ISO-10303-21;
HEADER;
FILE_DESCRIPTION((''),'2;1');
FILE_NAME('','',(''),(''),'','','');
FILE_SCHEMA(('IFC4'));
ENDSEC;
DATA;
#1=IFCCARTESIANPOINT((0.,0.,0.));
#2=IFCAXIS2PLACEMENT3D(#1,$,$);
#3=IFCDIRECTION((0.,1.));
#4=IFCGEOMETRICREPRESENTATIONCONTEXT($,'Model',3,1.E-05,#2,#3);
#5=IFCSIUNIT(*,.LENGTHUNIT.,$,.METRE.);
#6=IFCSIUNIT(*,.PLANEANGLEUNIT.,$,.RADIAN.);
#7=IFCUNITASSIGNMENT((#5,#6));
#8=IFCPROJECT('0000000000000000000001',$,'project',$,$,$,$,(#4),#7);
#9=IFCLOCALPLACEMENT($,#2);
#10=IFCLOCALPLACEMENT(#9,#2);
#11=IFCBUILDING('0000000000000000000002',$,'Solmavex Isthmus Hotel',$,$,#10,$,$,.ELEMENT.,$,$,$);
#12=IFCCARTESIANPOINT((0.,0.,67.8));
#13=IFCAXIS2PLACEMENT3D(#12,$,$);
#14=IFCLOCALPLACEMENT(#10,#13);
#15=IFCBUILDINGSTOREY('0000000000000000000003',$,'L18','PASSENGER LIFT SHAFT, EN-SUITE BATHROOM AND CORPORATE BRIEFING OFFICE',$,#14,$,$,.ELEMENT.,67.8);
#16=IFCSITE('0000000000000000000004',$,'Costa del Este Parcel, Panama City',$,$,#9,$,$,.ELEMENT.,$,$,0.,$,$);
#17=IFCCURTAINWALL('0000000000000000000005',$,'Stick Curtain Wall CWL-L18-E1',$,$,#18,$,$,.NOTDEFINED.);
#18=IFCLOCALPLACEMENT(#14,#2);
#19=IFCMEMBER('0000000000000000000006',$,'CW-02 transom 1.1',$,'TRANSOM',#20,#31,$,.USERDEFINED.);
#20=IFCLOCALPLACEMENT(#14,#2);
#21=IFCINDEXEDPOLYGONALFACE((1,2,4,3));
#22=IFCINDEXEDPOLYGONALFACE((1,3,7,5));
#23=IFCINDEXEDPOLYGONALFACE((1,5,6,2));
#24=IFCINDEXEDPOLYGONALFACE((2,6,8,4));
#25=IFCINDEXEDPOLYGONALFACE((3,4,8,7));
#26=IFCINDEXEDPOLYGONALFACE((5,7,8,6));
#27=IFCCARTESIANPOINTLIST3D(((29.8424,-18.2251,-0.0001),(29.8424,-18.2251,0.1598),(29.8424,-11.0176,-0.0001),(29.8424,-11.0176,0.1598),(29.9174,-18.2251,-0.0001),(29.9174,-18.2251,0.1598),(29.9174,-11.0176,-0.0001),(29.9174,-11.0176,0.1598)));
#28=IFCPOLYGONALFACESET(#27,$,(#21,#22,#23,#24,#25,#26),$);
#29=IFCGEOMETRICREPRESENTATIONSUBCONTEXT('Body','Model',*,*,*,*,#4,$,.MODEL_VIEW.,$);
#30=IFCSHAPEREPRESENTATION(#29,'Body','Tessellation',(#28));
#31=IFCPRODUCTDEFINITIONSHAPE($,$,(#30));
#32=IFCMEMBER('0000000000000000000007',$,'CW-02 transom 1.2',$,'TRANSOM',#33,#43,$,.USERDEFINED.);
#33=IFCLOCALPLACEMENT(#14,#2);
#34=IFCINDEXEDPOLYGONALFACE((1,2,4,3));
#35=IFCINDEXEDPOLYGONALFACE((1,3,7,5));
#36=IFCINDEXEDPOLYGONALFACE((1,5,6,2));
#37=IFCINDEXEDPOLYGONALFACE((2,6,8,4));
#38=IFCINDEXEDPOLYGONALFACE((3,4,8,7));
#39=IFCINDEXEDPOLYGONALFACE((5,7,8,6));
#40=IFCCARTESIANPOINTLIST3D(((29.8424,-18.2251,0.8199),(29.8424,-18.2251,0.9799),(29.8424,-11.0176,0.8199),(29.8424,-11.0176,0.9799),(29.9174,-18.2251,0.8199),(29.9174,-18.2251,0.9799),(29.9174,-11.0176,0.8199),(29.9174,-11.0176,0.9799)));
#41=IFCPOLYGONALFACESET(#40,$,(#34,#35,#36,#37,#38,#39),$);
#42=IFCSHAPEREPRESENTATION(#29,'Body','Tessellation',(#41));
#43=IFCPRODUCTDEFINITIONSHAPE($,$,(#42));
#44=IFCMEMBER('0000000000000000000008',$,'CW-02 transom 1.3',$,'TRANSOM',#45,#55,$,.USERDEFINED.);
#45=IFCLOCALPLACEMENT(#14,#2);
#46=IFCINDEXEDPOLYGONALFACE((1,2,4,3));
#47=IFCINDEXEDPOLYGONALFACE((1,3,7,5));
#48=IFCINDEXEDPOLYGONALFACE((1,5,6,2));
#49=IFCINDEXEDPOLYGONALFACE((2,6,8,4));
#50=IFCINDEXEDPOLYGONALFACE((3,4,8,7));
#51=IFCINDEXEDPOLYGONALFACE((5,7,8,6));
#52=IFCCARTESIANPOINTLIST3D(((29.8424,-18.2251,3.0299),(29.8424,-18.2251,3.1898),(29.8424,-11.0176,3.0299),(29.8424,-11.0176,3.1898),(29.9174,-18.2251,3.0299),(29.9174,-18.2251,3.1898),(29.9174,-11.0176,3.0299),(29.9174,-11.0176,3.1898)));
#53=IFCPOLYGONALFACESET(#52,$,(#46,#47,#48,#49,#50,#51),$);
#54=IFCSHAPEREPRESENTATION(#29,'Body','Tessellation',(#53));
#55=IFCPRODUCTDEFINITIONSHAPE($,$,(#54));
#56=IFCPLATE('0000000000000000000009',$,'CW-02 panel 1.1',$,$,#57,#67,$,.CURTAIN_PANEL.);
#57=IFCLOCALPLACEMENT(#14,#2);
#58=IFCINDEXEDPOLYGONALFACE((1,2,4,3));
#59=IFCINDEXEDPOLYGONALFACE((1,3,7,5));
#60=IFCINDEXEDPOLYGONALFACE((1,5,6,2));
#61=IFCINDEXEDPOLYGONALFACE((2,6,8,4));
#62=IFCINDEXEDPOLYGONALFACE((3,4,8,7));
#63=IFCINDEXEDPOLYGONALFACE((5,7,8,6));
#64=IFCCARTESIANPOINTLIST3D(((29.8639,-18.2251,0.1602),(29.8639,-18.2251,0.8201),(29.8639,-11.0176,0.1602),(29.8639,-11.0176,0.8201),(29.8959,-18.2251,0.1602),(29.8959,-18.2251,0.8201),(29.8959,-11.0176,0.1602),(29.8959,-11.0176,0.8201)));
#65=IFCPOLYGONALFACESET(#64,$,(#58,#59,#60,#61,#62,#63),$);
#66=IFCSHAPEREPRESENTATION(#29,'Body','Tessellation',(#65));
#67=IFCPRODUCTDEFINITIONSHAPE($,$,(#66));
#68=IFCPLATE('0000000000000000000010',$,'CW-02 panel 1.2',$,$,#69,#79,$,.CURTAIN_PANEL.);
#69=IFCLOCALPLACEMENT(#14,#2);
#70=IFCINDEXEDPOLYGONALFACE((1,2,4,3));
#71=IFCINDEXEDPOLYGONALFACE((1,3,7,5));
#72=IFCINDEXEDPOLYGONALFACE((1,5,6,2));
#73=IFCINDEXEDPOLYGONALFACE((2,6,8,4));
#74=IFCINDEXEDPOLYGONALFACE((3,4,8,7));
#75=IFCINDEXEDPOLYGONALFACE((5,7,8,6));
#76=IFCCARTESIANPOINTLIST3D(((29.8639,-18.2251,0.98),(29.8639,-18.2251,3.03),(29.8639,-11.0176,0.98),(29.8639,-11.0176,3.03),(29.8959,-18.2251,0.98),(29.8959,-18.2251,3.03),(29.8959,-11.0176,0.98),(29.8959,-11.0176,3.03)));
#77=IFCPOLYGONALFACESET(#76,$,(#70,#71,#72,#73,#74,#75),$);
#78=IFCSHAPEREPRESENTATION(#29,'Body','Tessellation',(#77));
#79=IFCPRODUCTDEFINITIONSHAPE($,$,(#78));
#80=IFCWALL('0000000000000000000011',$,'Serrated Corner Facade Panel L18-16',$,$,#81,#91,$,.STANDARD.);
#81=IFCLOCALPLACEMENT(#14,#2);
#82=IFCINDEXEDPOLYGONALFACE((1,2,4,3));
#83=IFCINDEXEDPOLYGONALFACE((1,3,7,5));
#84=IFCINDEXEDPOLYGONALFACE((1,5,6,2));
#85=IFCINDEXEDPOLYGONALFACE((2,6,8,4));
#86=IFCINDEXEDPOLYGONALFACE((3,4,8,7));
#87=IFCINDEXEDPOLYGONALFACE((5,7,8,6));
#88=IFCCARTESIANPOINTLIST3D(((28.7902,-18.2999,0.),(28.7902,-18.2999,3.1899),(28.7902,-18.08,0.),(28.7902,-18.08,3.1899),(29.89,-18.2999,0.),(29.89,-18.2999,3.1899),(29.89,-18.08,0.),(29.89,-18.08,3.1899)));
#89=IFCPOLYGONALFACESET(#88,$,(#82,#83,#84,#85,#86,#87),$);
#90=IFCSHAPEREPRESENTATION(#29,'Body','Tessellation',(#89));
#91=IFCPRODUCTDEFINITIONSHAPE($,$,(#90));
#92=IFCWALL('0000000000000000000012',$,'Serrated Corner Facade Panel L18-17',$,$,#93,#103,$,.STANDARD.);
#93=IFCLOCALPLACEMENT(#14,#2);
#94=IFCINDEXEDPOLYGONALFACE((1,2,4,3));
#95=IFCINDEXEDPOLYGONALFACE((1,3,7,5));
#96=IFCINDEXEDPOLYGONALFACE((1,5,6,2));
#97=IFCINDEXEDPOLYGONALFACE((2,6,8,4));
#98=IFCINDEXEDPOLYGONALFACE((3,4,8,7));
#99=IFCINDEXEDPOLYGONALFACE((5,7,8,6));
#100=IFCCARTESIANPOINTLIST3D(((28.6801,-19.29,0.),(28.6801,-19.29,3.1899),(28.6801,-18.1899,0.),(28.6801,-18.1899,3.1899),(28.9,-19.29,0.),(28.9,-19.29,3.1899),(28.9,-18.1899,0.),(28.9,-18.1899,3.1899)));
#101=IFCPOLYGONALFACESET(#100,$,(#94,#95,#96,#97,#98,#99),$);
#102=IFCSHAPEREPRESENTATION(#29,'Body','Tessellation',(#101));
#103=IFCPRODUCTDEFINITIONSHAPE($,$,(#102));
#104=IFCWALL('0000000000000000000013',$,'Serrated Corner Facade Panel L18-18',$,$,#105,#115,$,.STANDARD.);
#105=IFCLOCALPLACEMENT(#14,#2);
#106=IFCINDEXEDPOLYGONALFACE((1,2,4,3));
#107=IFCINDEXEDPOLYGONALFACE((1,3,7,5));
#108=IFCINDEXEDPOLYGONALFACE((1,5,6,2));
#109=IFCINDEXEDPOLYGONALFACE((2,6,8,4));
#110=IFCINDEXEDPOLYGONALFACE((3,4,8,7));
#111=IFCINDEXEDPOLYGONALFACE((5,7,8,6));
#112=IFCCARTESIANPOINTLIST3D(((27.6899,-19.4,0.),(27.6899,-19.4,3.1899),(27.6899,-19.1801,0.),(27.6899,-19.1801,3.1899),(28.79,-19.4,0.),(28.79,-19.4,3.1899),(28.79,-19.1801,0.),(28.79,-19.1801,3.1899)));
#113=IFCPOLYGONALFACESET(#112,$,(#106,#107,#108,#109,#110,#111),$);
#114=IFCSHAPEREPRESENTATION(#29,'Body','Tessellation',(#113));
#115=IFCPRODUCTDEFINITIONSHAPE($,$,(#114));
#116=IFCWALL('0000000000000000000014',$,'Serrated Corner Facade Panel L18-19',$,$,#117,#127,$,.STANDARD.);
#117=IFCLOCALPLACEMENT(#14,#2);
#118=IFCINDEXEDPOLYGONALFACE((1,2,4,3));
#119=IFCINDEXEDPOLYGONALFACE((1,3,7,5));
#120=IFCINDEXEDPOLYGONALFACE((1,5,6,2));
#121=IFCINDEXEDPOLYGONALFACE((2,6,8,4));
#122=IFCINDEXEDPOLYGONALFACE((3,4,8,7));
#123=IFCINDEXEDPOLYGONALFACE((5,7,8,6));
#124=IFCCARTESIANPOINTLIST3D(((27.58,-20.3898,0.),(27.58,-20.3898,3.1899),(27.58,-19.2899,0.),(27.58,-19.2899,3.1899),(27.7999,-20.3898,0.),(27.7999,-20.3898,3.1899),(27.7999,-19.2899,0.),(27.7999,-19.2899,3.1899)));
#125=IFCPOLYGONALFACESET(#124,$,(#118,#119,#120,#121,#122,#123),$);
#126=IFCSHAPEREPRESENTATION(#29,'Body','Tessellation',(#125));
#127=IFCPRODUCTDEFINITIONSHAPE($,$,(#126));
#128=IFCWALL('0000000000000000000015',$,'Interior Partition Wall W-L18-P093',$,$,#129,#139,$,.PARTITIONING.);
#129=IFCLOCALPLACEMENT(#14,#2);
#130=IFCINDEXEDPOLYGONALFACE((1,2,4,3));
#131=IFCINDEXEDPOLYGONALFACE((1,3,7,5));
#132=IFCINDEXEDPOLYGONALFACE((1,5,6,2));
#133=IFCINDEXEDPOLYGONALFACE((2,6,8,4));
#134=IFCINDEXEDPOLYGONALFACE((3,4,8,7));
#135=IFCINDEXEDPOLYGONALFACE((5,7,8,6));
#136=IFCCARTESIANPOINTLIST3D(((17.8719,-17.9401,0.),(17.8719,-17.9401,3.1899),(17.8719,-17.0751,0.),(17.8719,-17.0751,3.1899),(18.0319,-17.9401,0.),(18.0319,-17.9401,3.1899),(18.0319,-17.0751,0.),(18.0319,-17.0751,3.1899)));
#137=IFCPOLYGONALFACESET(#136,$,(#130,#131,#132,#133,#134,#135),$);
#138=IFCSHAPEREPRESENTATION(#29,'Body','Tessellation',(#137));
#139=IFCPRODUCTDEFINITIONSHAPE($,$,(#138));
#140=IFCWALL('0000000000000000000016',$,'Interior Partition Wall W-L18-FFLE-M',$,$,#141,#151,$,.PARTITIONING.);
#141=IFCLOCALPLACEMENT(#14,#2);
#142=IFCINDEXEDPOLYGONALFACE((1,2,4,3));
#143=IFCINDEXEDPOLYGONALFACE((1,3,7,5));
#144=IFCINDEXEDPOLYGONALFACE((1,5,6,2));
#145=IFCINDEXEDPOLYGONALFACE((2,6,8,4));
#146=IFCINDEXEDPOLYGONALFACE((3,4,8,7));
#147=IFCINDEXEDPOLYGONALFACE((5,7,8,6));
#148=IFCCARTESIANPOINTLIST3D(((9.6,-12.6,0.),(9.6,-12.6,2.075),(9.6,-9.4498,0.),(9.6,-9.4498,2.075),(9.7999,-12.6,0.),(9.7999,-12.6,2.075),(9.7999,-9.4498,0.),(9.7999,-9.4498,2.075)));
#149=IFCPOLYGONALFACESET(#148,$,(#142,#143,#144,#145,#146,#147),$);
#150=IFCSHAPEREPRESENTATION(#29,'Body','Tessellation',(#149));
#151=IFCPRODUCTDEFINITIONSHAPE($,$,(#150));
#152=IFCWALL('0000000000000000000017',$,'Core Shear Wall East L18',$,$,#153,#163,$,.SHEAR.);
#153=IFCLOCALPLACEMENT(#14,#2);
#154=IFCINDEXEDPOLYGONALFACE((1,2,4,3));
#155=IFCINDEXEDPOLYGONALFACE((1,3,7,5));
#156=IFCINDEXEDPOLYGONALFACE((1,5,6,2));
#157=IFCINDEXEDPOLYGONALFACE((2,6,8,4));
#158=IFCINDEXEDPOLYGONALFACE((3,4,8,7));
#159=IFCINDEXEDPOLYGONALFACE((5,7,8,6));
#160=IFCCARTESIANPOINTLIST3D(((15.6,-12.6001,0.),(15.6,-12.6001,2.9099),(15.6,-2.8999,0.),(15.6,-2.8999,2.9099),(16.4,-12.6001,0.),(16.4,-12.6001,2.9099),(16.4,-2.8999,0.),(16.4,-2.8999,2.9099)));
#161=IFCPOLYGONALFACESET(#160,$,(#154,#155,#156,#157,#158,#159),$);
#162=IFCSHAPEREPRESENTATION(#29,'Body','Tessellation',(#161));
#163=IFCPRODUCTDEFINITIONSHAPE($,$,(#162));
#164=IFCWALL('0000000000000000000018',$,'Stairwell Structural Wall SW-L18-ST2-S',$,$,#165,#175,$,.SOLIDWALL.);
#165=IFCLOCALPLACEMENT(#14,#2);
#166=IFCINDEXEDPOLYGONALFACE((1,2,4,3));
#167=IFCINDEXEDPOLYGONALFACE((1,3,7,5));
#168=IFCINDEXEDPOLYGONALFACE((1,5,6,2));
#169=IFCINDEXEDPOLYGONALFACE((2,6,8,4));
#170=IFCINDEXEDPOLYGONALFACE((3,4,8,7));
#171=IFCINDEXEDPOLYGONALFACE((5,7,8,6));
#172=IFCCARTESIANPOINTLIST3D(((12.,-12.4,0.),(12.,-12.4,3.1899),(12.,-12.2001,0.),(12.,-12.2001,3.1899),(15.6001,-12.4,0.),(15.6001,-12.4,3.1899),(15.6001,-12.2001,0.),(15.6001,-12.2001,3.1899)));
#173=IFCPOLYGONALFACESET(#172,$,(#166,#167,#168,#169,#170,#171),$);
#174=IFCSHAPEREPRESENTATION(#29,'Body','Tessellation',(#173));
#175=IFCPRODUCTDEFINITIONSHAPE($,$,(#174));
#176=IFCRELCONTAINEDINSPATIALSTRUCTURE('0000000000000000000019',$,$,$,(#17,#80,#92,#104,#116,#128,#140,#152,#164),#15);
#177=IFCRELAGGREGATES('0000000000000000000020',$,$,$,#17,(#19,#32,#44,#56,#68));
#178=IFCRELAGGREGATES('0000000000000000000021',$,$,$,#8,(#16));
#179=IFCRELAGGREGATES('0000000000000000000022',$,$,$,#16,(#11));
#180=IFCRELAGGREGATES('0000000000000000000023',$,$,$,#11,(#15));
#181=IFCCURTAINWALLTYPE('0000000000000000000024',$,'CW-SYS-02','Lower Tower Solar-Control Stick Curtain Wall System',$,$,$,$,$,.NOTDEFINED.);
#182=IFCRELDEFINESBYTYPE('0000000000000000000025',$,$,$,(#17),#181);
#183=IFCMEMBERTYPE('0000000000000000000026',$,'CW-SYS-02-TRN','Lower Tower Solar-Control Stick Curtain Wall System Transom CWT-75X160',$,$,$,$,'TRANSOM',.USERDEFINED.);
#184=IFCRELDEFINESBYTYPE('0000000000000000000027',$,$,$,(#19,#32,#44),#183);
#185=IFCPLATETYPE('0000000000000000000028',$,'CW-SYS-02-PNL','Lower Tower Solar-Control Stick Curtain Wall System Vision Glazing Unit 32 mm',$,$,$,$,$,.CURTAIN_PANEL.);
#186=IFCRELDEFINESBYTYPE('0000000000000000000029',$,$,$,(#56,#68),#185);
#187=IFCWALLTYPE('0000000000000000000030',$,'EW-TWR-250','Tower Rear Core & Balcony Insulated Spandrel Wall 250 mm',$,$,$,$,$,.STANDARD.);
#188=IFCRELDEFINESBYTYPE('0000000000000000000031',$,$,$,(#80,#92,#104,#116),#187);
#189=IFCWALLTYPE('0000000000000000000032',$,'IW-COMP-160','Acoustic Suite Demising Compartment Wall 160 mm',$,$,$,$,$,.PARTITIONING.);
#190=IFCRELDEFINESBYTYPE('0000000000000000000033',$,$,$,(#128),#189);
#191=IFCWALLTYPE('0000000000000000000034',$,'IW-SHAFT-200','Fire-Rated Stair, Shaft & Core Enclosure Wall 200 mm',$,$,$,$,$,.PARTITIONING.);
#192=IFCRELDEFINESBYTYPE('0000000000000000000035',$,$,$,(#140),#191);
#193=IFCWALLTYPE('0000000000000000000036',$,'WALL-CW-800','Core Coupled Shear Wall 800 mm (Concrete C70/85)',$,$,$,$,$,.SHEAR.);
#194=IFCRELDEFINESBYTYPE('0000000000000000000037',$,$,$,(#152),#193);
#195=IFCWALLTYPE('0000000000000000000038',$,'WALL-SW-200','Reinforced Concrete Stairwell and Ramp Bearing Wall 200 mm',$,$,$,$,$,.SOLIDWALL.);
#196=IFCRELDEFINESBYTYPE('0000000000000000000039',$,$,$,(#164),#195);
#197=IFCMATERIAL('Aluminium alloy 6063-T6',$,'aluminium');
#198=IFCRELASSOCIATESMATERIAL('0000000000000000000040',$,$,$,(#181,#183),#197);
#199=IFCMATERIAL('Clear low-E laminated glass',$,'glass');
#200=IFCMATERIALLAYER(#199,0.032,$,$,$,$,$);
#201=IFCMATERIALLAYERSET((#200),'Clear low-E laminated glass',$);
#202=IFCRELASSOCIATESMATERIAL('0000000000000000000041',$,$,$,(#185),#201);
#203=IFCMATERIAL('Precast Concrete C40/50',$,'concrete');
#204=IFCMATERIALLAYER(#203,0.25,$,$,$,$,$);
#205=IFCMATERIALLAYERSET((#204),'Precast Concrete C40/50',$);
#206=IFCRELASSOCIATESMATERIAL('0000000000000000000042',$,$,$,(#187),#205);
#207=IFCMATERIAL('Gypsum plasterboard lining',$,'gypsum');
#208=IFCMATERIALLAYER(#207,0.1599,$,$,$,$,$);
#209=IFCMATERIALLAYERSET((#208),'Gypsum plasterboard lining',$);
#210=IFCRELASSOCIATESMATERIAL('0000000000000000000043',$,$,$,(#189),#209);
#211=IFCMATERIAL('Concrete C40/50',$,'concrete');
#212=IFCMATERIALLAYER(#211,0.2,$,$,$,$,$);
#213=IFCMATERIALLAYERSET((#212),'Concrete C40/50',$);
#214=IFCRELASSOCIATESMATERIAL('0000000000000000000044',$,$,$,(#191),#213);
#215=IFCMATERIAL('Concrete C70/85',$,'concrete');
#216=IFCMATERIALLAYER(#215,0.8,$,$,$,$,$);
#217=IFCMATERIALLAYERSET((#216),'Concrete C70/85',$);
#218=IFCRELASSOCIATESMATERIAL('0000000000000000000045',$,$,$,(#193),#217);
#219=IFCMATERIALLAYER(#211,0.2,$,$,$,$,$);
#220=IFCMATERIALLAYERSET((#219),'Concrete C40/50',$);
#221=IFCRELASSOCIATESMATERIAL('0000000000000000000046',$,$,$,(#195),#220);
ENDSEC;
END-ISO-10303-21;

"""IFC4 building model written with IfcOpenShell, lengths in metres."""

from ifc_helpers import new_model, si_unit, direction, frame, frame_2d, origin, origin_2d, place, context, subcontext, project, spatial, rectangle, extrude, material, layer, layer_set, material_profile, profile_set, type_object, element, aggregate, save


model = new_model("IFC4")

# Units and contexts
model_context = context("Model", 3, precision=1e-05, world=origin(), true_north=direction((0.0, 1.0)))
body_context = subcontext(model_context, "Body", "Model", "MODEL_VIEW")
ifc_project = project(units=[si_unit("LENGTHUNIT", "METRE"), si_unit("PLANEANGLEUNIT", "RADIAN")], contexts=[model_context])

# Site, building, storey
site_placement = place(None, origin())
site = spatial("IfcSite", under=ifc_project, at=site_placement, Name="Costa del Este Parcel, Panama City", CompositionType="ELEMENT", RefElevation=0.0)
building_placement = place(site_placement, origin())
building = spatial("IfcBuilding", under=site, at=building_placement, Name="Solmavex Isthmus Hotel", CompositionType="ELEMENT")
storey_placement = place(building_placement, frame((0.0, 0.0, 67.8)))
storey = spatial("IfcBuildingStorey", under=building, at=storey_placement, Name="L18", Description="PASSENGER LIFT SHAFT, EN-SUITE BATHROOM AND CORPORATE BRIEFING OFFICE", CompositionType="ELEMENT", Elevation=67.8)

# Shared definitions
ifc_material_1 = material(Name="Concrete C70/85", Category="concrete")

# Curtain wall, members, plates
ifc_material_2 = material(Name="Aluminium alloy 6063-T6", Category="aluminium")
curtain_wall_type = type_object("IfcCurtainWallType", Name="CW-SYS-02", Description="Lower Tower Solar-Control Stick Curtain Wall System", PredefinedType="NOTDEFINED", material=ifc_material_2)
curtain_wall_placement = place(storey_placement, origin())
curtain_wall = element("IfcCurtainWall", 1, at=curtain_wall_placement, inside=storey, type_object=curtain_wall_type, Name="Stick Curtain Wall CWL-L18-E1", PredefinedType="NOTDEFINED")
ifc_material_profile_1 = material_profile(ifc_material_2, rectangle(XDim=0.075, YDim=0.1599, at=origin_2d()), Name="CWT-75X160")
ifc_profile_set_1 = profile_set([ifc_material_profile_1], Name="Aluminium alloy 6063-T6")
member_type_1 = type_object("IfcMemberType", Name="CW-SYS-02-TRN", Description="Lower Tower Solar-Control Stick Curtain Wall System Transom CWT-75X160", ElementType="TRANSOM", PredefinedType="USERDEFINED", material=ifc_profile_set_1)
member_1_placement = place(storey_placement, frame((29.8799, -18.2251, 0.0798), z_axis=(0.0, 1.0, 0.0), x_axis=(-1.0, 0.0, 0.0)))
member_1 = element("IfcMember", 2, at=member_1_placement, type_object=member_type_1, Name="CW-02 transom 1.1", ObjectType="TRANSOM", PredefinedType="USERDEFINED", context=body_context, shape_type="SweptSolid", body=[
    extrude(rectangle(XDim=0.075, YDim=0.1599, at=origin_2d()), origin(), (0.0, 0.0, 1.0), 7.2075),
])
member_2_placement = place(storey_placement, frame((29.8799, -18.2251, 0.8999), z_axis=(0.0, 1.0, 0.0), x_axis=(-1.0, 0.0, 0.0)))
member_2 = element("IfcMember", 3, at=member_2_placement, type_object=member_type_1, Name="CW-02 transom 1.2", ObjectType="TRANSOM", PredefinedType="USERDEFINED", context=body_context, shape_type="SweptSolid", body=[
    extrude(rectangle(XDim=0.075, YDim=0.1599, at=origin_2d()), origin(), (0.0, 0.0, 1.0), 7.2075),
])
member_3_placement = place(storey_placement, frame((29.8799, -18.2251, 3.1099), z_axis=(0.0, 1.0, 0.0), x_axis=(-1.0, 0.0, 0.0)))
member_3 = element("IfcMember", 4, at=member_3_placement, type_object=member_type_1, Name="CW-02 transom 1.3", ObjectType="TRANSOM", PredefinedType="USERDEFINED", context=body_context, shape_type="SweptSolid", body=[
    extrude(rectangle(XDim=0.075, YDim=0.1599, at=origin_2d()), origin(), (0.0, 0.0, 1.0), 7.2075),
])
ifc_material_3 = material(Name="Clear low-E laminated glass", Category="glass")
ifc_layer_1 = layer(ifc_material_3, 0.032)
ifc_layer_set_1 = layer_set([ifc_layer_1], Name="Clear low-E laminated glass")
plate_type = type_object("IfcPlateType", Name="CW-SYS-02-PNL", Description="Lower Tower Solar-Control Stick Curtain Wall System Vision Glazing Unit 32 mm", PredefinedType="CURTAIN_PANEL", material=ifc_layer_set_1)
plate_1_placement = place(storey_placement, frame((29.8799, -14.6213, 0.1602), z_axis=(0.0, 0.0, 1.0), x_axis=(0.0, 1.0, 0.0)))
plate_1 = element("IfcPlate", 5, at=plate_1_placement, type_object=plate_type, Name="CW-02 panel 1.1", PredefinedType="CURTAIN_PANEL", context=body_context, shape_type="SweptSolid", body=[
    extrude(rectangle(XDim=7.2075, YDim=0.032, at=origin_2d()), origin(), (0.0, 0.0, 1.0), 0.6599),
])
plate_2_placement = place(storey_placement, frame((29.8799, -14.6213, 0.98), z_axis=(0.0, 0.0, 1.0), x_axis=(0.0, 1.0, 0.0)))
plate_2 = element("IfcPlate", 6, at=plate_2_placement, type_object=plate_type, Name="CW-02 panel 1.2", PredefinedType="CURTAIN_PANEL", context=body_context, shape_type="SweptSolid", body=[
    extrude(rectangle(XDim=7.2075, YDim=0.032, at=origin_2d()), origin(), (0.0, 0.0, 1.0), 2.05),
])
aggregate(curtain_wall, [member_1, member_2, member_3, plate_1, plate_2])

# Walls
ifc_material_4 = material(Name="Precast Concrete C40/50", Category="concrete")
ifc_layer_2 = layer(ifc_material_4, 0.25)
ifc_layer_set_2 = layer_set([ifc_layer_2], Name="Precast Concrete C40/50")
wall_type_1 = type_object("IfcWallType", Name="EW-TWR-250", Description="Tower Rear Core & Balcony Insulated Spandrel Wall 250 mm", PredefinedType="STANDARD", material=ifc_layer_set_2)
wall_1_placement = place(storey_placement, frame((29.8899, -18.1899, 0.0), z_axis=(0.0, 0.0, 1.0), x_axis=(-1.0, 0.0, 0.0)))
element("IfcWall", 7, at=wall_1_placement, inside=storey, type_object=wall_type_1, Name="Serrated Corner Facade Panel L18-16", PredefinedType="STANDARD", context=body_context, shape_type="SweptSolid", body=[
    extrude(rectangle(XDim=1.0999, YDim=0.22, at=frame_2d((0.5498, 0.0))), origin(), (0.0, 0.0, 1.0), 3.1899),
])
for number, where, z_axis, x_axis, name in (
    (8, (28.79, -18.1899, 0.0), (0.0, 0.0, 1.0), (0.0, -1.0, 0.0), "Serrated Corner Facade Panel L18-17"),
    (9, (28.79, -19.29, 0.0), (0.0, 0.0, 1.0), (-1.0, 0.0, 0.0), "Serrated Corner Facade Panel L18-18"),
):
    element("IfcWall", number, at=place(storey_placement, frame(where, z_axis=z_axis, x_axis=x_axis)), inside=storey, type_object=wall_type_1, Name=name, PredefinedType="STANDARD", context=body_context, shape_type="SweptSolid", body=[
        extrude(rectangle(XDim=1.1001, YDim=0.22, at=frame_2d((0.55, 0.0))), origin(), (0.0, 0.0, 1.0), 3.1899),
    ])
wall_2_placement = place(storey_placement, frame((27.6899, -19.29, 0.0), z_axis=(0.0, 0.0, 1.0), x_axis=(0.0, -1.0, 0.0)))
element("IfcWall", 10, at=wall_2_placement, inside=storey, type_object=wall_type_1, Name="Serrated Corner Facade Panel L18-19", PredefinedType="STANDARD", context=body_context, shape_type="SweptSolid", body=[
    extrude(rectangle(XDim=1.0999, YDim=0.22, at=frame_2d((0.5498, 0.0))), origin(), (0.0, 0.0, 1.0), 3.1899),
])
ifc_material_5 = material(Name="Gypsum plasterboard lining", Category="gypsum")
ifc_layer_3 = layer(ifc_material_5, 0.1599)
ifc_layer_set_3 = layer_set([ifc_layer_3], Name="Gypsum plasterboard lining")
wall_type_2 = type_object("IfcWallType", Name="IW-COMP-160", Description="Acoustic Suite Demising Compartment Wall 160 mm", PredefinedType="PARTITIONING", material=ifc_layer_set_3)
wall_3_placement = place(storey_placement, frame((17.9519, -17.075, 0.0), z_axis=(0.0, 0.0, 1.0), x_axis=(0.0, -1.0, 0.0)))
element("IfcWall", 11, at=wall_3_placement, inside=storey, type_object=wall_type_2, Name="Interior Partition Wall W-L18-P093", PredefinedType="PARTITIONING", context=body_context, shape_type="SweptSolid", body=[
    extrude(rectangle(XDim=0.865, YDim=0.1599, at=frame_2d((0.4326, 0.0))), origin(), (0.0, 0.0, 1.0), 3.1899),
])
ifc_material_6 = material(Name="Concrete C40/50", Category="concrete")
ifc_layer_4 = layer(ifc_material_6, 0.2)
ifc_layer_set_4 = layer_set([ifc_layer_4], Name="Concrete C40/50")
wall_type_3 = type_object("IfcWallType", Name="IW-SHAFT-200", Description="Fire-Rated Stair, Shaft & Core Enclosure Wall 200 mm", PredefinedType="PARTITIONING", material=ifc_layer_set_4)
wall_4_placement = place(storey_placement, frame((9.7, -12.6001, 0.0), z_axis=(0.0, 0.0, 1.0), x_axis=(0.0, 1.0, 0.0)))
element("IfcWall", 12, at=wall_4_placement, inside=storey, type_object=wall_type_3, Name="Interior Partition Wall W-L18-FFLE-M", PredefinedType="PARTITIONING", context=body_context, shape_type="SweptSolid", body=[
    extrude(rectangle(XDim=3.1501, YDim=0.2, at=frame_2d((1.5752, 0.0))), origin(), (0.0, 0.0, 1.0), 2.075),
])
ifc_layer_5 = layer(ifc_material_1, 0.8)
ifc_layer_set_5 = layer_set([ifc_layer_5], Name="Concrete C70/85")
wall_type_4 = type_object("IfcWallType", Name="WALL-CW-800", Description="Core Coupled Shear Wall 800 mm (Concrete C70/85)", PredefinedType="SHEAR", material=ifc_layer_set_5)
wall_5_placement = place(storey_placement, frame((16.0, -12.6001, 0.0), z_axis=(0.0, 0.0, 1.0), x_axis=(0.0, 1.0, 0.0)))
element("IfcWall", 13, at=wall_5_placement, inside=storey, type_object=wall_type_4, Name="Core Shear Wall East L18", PredefinedType="SHEAR", context=body_context, shape_type="SweptSolid", body=[
    extrude(rectangle(XDim=9.7002, YDim=0.8, at=frame_2d((4.8501, 0.0))), origin(), (0.0, 0.0, 1.0), 2.9099),
])
ifc_layer_6 = layer(ifc_material_6, 0.2)
ifc_layer_set_6 = layer_set([ifc_layer_6], Name="Concrete C40/50")
wall_type_5 = type_object("IfcWallType", Name="WALL-SW-200", Description="Reinforced Concrete Stairwell and Ramp Bearing Wall 200 mm", PredefinedType="SOLIDWALL", material=ifc_layer_set_6)
wall_6_placement = place(storey_placement, frame((12.0, -12.3, 0.0), z_axis=(0.0, 0.0, 1.0), x_axis=(1.0, 0.0, 0.0)))
element("IfcWall", 14, at=wall_6_placement, inside=storey, type_object=wall_type_5, Name="Stairwell Structural Wall SW-L18-ST2-S", PredefinedType="SOLIDWALL", context=body_context, shape_type="SweptSolid", body=[
    extrude(rectangle(XDim=3.6001, YDim=0.2, at=frame_2d((1.8, 0.0))), origin(), (0.0, 0.0, 1.0), 3.1899),
])

save(model, "model.ifc")
